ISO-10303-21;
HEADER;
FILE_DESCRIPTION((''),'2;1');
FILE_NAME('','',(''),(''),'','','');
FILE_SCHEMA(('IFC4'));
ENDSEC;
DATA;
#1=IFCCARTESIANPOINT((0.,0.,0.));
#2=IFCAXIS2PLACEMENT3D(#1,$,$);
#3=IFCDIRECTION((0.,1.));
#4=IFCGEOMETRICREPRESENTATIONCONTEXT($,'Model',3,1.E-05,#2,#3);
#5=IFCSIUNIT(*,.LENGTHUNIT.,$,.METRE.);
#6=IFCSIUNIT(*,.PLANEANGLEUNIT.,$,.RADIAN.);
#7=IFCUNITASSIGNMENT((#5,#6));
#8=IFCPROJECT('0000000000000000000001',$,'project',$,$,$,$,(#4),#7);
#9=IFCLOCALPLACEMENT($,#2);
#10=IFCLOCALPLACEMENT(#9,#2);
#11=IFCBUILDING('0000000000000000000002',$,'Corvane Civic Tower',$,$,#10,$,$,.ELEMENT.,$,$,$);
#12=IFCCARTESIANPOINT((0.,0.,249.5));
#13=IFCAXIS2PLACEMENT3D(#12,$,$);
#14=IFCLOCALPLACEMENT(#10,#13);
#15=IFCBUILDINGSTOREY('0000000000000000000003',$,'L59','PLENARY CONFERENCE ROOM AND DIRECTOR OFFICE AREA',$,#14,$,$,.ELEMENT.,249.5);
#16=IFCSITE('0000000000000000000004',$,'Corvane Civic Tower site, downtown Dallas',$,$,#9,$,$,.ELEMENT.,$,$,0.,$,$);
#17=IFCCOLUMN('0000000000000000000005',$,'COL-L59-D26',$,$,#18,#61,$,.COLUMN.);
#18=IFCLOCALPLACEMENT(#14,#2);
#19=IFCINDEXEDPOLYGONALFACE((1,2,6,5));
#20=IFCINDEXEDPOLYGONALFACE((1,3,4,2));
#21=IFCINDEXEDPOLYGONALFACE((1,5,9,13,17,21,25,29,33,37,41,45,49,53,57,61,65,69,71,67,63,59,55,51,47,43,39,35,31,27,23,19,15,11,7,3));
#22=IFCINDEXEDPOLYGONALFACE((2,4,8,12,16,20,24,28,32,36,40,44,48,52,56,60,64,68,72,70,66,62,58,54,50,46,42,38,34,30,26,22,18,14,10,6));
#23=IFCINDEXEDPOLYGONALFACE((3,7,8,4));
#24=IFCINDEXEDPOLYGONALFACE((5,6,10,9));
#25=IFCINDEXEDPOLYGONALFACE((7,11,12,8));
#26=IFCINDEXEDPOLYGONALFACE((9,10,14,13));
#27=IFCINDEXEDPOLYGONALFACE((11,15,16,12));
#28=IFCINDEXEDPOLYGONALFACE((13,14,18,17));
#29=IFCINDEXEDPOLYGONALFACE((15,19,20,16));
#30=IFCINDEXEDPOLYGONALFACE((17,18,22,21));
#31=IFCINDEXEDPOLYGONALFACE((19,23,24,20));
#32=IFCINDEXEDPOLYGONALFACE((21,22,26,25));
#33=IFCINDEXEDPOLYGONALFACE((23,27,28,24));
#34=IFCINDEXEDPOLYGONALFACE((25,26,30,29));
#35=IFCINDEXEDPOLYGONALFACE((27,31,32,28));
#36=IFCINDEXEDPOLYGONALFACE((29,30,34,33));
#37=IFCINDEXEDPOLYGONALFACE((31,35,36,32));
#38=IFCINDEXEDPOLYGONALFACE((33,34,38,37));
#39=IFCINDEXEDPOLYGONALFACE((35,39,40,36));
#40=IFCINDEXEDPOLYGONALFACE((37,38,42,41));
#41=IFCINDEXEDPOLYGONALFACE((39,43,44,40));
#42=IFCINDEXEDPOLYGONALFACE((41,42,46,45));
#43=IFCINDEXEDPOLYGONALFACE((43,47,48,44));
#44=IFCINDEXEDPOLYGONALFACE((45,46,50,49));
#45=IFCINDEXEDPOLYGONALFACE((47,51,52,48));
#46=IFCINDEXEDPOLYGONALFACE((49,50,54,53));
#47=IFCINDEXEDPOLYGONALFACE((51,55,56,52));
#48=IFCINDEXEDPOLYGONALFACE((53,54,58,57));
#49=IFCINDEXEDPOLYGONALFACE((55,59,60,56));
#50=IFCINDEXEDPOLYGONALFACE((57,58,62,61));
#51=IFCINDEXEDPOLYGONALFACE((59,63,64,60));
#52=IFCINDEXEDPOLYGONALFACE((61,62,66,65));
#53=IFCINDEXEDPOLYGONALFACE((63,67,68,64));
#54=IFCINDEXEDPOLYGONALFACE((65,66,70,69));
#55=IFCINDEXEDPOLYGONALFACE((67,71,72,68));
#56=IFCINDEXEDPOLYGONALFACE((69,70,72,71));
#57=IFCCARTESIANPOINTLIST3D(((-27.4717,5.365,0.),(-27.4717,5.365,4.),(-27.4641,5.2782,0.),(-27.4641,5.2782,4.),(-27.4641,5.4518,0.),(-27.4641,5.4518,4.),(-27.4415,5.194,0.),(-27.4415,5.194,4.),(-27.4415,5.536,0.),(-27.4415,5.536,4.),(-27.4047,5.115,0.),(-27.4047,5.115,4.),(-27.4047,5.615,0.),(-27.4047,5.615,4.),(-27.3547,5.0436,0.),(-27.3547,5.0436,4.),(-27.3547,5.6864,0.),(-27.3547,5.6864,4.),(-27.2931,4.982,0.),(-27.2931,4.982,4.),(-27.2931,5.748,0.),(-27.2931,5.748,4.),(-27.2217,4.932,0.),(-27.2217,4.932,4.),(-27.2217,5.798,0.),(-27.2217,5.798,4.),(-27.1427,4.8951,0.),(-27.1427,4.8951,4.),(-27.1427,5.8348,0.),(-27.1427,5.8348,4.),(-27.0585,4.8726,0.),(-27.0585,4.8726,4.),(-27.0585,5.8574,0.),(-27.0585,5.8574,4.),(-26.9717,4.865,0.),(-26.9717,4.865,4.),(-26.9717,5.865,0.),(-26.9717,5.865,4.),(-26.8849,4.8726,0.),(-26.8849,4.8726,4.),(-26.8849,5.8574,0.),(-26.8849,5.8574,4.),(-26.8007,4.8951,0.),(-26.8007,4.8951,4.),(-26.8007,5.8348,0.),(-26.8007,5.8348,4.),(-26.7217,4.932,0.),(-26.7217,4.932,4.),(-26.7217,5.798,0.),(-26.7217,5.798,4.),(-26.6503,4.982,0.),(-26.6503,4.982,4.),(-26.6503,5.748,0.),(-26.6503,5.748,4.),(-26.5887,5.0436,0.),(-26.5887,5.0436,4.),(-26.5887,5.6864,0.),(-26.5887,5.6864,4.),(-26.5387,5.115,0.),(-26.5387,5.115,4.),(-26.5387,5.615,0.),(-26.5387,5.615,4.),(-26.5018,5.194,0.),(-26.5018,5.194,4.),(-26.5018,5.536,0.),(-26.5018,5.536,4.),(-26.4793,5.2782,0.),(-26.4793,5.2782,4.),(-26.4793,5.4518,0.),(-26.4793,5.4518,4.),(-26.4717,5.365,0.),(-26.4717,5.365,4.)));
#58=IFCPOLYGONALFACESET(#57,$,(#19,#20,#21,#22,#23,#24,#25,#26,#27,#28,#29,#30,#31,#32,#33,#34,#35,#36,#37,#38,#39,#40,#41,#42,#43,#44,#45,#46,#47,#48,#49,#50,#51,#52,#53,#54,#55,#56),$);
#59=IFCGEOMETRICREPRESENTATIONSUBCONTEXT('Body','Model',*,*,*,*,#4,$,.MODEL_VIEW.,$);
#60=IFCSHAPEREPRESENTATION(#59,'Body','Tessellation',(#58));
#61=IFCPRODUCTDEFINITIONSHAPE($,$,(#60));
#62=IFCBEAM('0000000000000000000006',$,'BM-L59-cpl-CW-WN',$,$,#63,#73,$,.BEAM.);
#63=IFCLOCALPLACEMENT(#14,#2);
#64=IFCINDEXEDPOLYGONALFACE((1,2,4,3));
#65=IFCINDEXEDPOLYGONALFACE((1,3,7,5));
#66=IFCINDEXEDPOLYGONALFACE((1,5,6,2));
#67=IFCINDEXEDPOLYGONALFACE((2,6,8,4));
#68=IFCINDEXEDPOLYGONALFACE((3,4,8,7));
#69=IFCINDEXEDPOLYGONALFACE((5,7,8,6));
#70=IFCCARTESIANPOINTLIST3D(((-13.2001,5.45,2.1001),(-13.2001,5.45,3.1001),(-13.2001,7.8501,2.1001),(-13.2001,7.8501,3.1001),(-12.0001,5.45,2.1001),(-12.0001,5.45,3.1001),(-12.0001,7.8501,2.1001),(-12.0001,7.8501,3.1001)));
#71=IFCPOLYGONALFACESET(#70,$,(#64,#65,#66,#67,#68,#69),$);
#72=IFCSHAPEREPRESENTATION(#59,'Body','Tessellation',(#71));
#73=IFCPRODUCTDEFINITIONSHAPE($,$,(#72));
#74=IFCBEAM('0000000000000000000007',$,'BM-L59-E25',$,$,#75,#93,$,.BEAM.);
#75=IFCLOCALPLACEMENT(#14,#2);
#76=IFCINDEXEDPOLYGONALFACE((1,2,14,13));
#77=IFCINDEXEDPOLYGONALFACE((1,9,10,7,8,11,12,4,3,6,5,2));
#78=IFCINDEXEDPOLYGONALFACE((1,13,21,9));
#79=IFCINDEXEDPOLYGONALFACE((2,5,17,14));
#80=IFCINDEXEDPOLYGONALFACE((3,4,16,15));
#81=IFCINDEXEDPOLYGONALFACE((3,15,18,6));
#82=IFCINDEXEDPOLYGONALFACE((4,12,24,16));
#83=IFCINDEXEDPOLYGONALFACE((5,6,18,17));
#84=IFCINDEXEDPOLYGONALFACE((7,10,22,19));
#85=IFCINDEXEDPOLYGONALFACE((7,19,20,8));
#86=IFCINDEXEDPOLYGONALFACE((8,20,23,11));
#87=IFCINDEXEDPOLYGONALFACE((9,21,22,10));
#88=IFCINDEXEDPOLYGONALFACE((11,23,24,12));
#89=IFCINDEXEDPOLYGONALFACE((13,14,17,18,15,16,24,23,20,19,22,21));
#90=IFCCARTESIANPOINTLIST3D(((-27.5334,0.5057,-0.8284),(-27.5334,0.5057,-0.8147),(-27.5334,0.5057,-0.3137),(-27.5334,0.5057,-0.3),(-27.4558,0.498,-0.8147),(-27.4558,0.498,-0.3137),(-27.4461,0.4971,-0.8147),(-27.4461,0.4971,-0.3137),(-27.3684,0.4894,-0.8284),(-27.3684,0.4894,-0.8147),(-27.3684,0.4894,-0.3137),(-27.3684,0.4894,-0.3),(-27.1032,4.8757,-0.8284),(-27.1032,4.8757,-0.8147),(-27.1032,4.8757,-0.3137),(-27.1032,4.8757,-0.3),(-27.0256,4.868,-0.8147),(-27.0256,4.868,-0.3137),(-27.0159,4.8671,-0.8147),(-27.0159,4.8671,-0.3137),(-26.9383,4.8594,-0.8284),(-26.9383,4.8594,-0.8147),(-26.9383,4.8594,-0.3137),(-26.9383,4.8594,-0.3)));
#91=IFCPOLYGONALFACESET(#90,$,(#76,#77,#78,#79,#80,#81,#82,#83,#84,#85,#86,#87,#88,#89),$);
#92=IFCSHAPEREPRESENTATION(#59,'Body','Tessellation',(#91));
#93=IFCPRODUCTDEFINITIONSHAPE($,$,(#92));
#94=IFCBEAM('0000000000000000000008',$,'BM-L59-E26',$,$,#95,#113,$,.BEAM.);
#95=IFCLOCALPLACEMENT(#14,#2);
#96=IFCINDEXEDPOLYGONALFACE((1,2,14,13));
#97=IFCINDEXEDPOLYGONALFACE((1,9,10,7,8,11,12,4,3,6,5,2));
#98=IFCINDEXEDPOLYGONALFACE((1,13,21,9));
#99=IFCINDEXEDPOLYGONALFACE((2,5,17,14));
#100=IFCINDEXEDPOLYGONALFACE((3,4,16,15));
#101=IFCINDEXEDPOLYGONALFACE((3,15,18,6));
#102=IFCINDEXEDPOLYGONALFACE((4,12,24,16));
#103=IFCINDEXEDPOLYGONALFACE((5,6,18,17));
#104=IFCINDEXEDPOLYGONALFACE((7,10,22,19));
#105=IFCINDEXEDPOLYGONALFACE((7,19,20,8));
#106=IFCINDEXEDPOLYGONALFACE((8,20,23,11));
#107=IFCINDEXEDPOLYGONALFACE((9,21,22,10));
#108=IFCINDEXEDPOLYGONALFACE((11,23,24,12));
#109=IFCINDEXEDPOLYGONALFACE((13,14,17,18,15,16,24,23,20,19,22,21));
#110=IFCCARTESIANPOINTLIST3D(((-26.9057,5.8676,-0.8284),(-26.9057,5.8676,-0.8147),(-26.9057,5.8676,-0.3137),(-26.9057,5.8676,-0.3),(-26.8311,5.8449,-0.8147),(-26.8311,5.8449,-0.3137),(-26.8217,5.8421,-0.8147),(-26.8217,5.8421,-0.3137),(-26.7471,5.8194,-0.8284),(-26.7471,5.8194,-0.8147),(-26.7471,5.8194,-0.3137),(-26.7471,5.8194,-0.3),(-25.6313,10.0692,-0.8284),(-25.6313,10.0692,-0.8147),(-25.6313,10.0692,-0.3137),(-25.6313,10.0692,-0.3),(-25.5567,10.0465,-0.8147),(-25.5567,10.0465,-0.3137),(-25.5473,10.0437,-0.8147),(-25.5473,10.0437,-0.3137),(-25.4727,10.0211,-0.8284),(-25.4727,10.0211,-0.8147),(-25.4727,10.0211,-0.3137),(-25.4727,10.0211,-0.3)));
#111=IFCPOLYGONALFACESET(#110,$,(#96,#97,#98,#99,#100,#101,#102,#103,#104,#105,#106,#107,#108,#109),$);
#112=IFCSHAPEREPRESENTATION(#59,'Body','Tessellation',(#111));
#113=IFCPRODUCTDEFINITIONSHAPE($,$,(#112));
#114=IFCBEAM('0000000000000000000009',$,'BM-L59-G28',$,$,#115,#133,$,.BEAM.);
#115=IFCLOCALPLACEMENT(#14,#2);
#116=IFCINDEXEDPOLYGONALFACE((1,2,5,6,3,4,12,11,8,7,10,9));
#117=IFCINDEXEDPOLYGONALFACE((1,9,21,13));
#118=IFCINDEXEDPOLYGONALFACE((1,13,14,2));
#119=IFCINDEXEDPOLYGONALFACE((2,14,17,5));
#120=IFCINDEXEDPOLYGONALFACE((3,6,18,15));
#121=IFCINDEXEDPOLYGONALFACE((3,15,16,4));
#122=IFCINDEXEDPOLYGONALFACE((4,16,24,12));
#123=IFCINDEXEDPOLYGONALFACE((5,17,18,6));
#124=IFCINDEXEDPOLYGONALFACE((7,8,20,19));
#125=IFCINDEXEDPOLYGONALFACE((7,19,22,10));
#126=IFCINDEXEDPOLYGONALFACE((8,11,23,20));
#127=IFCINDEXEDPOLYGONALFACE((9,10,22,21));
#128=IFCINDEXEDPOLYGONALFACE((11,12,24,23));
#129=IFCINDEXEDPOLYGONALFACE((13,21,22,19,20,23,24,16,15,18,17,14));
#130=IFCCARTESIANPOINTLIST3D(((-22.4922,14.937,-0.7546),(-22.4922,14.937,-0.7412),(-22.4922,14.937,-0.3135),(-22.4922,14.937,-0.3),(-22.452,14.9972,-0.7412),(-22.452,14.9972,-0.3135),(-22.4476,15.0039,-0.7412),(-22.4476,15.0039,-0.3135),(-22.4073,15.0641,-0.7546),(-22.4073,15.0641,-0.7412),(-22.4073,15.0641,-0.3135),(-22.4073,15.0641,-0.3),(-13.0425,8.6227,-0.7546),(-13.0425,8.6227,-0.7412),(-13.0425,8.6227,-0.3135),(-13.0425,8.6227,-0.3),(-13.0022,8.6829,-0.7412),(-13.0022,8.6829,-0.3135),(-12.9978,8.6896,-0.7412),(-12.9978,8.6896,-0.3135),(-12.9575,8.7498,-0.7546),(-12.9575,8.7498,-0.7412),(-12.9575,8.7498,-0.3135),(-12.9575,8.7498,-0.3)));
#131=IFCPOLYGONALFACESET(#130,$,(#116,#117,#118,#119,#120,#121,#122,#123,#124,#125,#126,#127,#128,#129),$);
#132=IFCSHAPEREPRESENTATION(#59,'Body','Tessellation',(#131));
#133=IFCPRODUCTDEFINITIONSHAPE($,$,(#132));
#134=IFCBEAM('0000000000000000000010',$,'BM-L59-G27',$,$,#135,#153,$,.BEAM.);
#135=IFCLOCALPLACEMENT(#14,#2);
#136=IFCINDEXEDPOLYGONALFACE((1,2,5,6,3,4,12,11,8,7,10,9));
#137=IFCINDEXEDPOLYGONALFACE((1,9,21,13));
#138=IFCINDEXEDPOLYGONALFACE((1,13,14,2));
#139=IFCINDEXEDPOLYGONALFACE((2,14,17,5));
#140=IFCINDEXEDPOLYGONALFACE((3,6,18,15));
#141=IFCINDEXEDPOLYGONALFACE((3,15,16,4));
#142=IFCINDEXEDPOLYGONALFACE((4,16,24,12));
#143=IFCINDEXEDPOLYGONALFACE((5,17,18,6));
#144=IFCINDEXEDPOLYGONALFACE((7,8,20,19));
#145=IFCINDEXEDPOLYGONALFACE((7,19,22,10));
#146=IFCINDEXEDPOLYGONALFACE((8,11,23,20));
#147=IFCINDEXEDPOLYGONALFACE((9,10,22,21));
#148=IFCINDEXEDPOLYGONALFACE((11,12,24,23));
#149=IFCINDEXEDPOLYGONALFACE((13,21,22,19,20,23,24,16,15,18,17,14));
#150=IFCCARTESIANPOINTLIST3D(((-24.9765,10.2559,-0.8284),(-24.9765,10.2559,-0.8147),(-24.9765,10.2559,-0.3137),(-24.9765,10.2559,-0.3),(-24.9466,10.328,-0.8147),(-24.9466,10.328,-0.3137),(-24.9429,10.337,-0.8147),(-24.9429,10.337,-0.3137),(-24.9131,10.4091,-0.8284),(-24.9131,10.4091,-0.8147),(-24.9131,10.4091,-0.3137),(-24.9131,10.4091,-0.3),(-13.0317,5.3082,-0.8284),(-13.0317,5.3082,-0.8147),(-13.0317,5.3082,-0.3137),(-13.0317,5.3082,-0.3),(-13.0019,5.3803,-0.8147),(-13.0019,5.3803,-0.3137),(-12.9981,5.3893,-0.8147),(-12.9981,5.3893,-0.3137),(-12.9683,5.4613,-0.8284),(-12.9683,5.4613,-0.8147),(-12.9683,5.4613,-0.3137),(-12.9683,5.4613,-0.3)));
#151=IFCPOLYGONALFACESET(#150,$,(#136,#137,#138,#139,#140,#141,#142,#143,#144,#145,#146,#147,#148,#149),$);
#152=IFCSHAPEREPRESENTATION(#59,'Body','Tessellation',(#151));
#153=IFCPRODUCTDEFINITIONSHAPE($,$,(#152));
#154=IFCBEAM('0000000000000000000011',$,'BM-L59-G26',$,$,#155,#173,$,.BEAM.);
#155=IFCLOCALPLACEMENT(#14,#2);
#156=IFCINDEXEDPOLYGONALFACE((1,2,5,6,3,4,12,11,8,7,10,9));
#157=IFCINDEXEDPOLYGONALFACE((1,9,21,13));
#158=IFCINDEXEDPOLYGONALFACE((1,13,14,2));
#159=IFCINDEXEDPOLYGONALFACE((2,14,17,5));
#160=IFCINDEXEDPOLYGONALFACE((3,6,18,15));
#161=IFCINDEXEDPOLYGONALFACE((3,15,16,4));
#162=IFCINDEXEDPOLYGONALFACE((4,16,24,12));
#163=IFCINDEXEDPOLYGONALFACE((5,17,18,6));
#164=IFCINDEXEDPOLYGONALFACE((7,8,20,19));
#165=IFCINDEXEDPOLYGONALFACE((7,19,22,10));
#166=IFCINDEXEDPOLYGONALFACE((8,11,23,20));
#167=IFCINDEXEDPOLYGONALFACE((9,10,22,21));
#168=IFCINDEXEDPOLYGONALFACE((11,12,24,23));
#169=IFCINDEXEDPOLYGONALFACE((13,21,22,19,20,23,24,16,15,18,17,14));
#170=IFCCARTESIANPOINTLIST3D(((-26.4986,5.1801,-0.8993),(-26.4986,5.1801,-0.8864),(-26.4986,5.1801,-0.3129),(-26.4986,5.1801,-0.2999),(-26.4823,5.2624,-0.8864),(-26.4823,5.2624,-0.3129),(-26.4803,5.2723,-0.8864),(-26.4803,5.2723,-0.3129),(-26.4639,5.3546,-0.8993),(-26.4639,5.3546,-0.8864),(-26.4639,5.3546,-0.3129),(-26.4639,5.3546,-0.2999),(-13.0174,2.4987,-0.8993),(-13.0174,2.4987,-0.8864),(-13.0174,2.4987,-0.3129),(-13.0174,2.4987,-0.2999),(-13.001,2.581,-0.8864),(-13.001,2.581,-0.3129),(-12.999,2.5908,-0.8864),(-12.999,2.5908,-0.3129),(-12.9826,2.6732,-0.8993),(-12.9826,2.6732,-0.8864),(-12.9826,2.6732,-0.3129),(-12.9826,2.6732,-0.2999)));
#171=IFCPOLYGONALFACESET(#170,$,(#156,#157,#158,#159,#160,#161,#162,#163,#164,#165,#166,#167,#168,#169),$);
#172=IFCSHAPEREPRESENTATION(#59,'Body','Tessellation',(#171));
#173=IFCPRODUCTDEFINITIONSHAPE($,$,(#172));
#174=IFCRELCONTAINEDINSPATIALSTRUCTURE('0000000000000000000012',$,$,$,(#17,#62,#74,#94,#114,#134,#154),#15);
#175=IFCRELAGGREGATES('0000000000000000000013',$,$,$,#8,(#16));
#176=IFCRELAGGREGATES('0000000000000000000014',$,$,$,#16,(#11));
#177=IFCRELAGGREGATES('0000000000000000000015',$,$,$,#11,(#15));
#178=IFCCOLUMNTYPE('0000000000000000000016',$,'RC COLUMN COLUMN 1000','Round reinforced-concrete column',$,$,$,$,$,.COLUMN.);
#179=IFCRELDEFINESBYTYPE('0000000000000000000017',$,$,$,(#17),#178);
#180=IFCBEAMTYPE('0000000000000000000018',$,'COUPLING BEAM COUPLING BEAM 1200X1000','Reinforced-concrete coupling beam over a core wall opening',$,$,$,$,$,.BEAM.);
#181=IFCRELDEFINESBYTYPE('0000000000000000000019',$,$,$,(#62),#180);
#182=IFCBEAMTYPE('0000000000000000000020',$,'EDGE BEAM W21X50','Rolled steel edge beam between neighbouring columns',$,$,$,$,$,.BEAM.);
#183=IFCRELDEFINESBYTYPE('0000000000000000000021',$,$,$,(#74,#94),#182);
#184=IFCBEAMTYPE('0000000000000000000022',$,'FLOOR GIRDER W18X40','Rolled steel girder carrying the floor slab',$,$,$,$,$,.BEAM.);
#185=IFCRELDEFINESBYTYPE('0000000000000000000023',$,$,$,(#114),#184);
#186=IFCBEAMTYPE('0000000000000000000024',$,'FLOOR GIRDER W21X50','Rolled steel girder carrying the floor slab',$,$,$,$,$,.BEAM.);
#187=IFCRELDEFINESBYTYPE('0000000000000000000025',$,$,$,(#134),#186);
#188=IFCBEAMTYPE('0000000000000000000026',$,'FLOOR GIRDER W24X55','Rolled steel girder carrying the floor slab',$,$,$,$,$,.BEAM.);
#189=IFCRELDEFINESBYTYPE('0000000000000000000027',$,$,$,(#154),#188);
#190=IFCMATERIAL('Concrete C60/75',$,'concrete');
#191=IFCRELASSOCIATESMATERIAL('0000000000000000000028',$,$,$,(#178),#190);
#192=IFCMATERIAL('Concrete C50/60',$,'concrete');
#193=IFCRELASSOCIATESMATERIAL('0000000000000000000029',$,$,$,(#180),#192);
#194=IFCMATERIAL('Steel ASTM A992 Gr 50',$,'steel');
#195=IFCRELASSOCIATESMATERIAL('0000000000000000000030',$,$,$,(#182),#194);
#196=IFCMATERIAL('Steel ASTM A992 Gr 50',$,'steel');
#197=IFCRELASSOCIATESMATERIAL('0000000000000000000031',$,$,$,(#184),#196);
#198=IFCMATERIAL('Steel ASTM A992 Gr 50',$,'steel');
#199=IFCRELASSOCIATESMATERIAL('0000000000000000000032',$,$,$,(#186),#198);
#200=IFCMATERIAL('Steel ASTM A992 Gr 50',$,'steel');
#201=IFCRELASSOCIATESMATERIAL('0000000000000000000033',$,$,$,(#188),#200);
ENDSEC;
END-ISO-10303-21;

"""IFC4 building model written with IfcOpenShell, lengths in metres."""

from ifc_helpers import new_model, si_unit, direction, frame, origin, origin_2d, place, context, subcontext, project, spatial, rectangle, circle, i_section, extrude, material, material_profile, profile_set, type_object, element, save


model = new_model("IFC4")

# Units and contexts
model_context = context("Model", 3, precision=1e-05, world=origin(), true_north=direction((0.0, 1.0)))
body_context = subcontext(model_context, "Body", "Model", "MODEL_VIEW")
ifc_project = project(units=[si_unit("LENGTHUNIT", "METRE"), si_unit("PLANEANGLEUNIT", "RADIAN")], contexts=[model_context])

# Site, building, storey
site_placement = place(None, origin())
site = spatial("IfcSite", under=ifc_project, at=site_placement, Name="Corvane Civic Tower site, downtown Dallas", CompositionType="ELEMENT", RefElevation=0.0)
building_placement = place(site_placement, origin())
building = spatial("IfcBuilding", under=site, at=building_placement, Name="Corvane Civic Tower", CompositionType="ELEMENT")
storey_placement = place(building_placement, frame((0.0, 0.0, 249.5)))
storey = spatial("IfcBuildingStorey", under=building, at=storey_placement, Name="L59", Description="PLENARY CONFERENCE ROOM AND DIRECTOR OFFICE AREA", CompositionType="ELEMENT", Elevation=249.5)

# Column
ifc_material_1 = material(Name="Concrete C60/75", Category="concrete")
ifc_material_profile_1 = material_profile(ifc_material_1, circle(Radius=0.5, at=origin_2d()), Name="COLUMN 1000")
ifc_profile_set_1 = profile_set([ifc_material_profile_1], Name="Concrete C60/75")
column_type = type_object("IfcColumnType", Name="RC COLUMN COLUMN 1000", Description="Round reinforced-concrete column", PredefinedType="COLUMN", material=ifc_profile_set_1)
column_placement = place(storey_placement, frame((-26.9717, 5.365, 0.0), z_axis=(0.0, 0.0, 1.0), x_axis=(1.0, 0.0, 0.0)))
element("IfcColumn", 1, at=column_placement, inside=storey, type_object=column_type, Name="COL-L59-D26", PredefinedType="COLUMN", context=body_context, shape_type="SweptSolid", body=[
    extrude(circle(Radius=0.5, at=origin_2d()), origin(), (0.0, 0.0, 1.0), 4.0),
])

# Beams
ifc_material_2 = material(Name="Concrete C50/60", Category="concrete")
ifc_material_profile_2 = material_profile(ifc_material_2, rectangle(XDim=1.2, YDim=1.0, at=origin_2d()), Name="COUPLING BEAM 1200X1000")
ifc_profile_set_2 = profile_set([ifc_material_profile_2], Name="Concrete C50/60")
beam_type_1 = type_object("IfcBeamType", Name="COUPLING BEAM COUPLING BEAM 1200X1000", Description="Reinforced-concrete coupling beam over a core wall opening", PredefinedType="BEAM", material=ifc_profile_set_2)
beam_1_placement = place(storey_placement, frame((-12.6001, 5.45, 2.6001), z_axis=(0.0, 1.0, 0.0), x_axis=(-1.0, 0.0, 0.0)))
element("IfcBeam", 2, at=beam_1_placement, inside=storey, type_object=beam_type_1, Name="BM-L59-cpl-CW-WN", PredefinedType="BEAM", context=body_context, shape_type="SweptSolid", body=[
    extrude(rectangle(XDim=1.2, YDim=1.0, at=origin_2d()), origin(), (0.0, 0.0, 1.0), 2.4001),
])
ifc_material_3 = material(Name="Steel ASTM A992 Gr 50", Category="steel")
ifc_material_profile_3 = material_profile(ifc_material_3, i_section(OverallWidth=0.1658, OverallDepth=0.5283, WebThickness=0.0098, FlangeThickness=0.0137, at=origin_2d()), Name="W21X50")
ifc_profile_set_3 = profile_set([ifc_material_profile_3], Name="Steel ASTM A992 Gr 50")
beam_type_2 = type_object("IfcBeamType", Name="EDGE BEAM W21X50", Description="Rolled steel edge beam between neighbouring columns", PredefinedType="BEAM", material=ifc_profile_set_3)
beam_2_placement = place(storey_placement, frame((-27.4509, 0.4976, -0.5642), z_axis=(0.097968, 0.99519, 0.0), x_axis=(-0.99519, 0.097968, 0.0)))
element("IfcBeam", 3, at=beam_2_placement, inside=storey, type_object=beam_type_2, Name="BM-L59-E25", PredefinedType="BEAM", context=body_context, shape_type="SweptSolid", body=[
    extrude(i_section(OverallWidth=0.1658, OverallDepth=0.5283, WebThickness=0.0098, FlangeThickness=0.0137, at=origin_2d()), origin(), (0.0, 0.0, 1.0), 4.3911),
])
beam_3_placement = place(storey_placement, frame((-26.8264, 5.8435, -0.5642), z_axis=(0.290254, 0.95695, 0.0), x_axis=(-0.95695, 0.290254, 0.0)))
element("IfcBeam", 4, at=beam_3_placement, inside=storey, type_object=beam_type_2, Name="BM-L59-E26", PredefinedType="BEAM", context=body_context, shape_type="SweptSolid", body=[
    extrude(i_section(OverallWidth=0.1658, OverallDepth=0.5283, WebThickness=0.0098, FlangeThickness=0.0137, at=origin_2d()), origin(), (0.0, 0.0, 1.0), 4.3906),
])
ifc_material_4 = material(Name="Steel ASTM A992 Gr 50", Category="steel")
ifc_material_profile_4 = material_profile(ifc_material_4, i_section(OverallWidth=0.1528, OverallDepth=0.4546, WebThickness=0.0081, FlangeThickness=0.0134, at=origin_2d()), Name="W18X40")
ifc_profile_set_4 = profile_set([ifc_material_profile_4], Name="Steel ASTM A992 Gr 50")
beam_type_3 = type_object("IfcBeamType", Name="FLOOR GIRDER W18X40", Description="Rolled steel girder carrying the floor slab", PredefinedType="BEAM", material=ifc_profile_set_4)
beam_4_placement = place(storey_placement, frame((-13.0, 8.6863, -0.5273), z_axis=(-0.831465, 0.555577, 0.0), x_axis=(-0.555577, -0.831465, 0.0)))
element("IfcBeam", 5, at=beam_4_placement, inside=storey, type_object=beam_type_3, Name="BM-L59-G28", PredefinedType="BEAM", context=body_context, shape_type="SweptSolid", body=[
    extrude(i_section(OverallWidth=0.1528, OverallDepth=0.4546, WebThickness=0.0081, FlangeThickness=0.0134, at=origin_2d()), origin(), (0.0, 0.0, 1.0), 11.3652),
])
ifc_material_5 = material(Name="Steel ASTM A992 Gr 50", Category="steel")
ifc_material_profile_5 = material_profile(ifc_material_5, i_section(OverallWidth=0.1658, OverallDepth=0.5283, WebThickness=0.0098, FlangeThickness=0.0137, at=origin_2d()), Name="W21X50")
ifc_profile_set_5 = profile_set([ifc_material_profile_5], Name="Steel ASTM A992 Gr 50")
beam_type_4 = type_object("IfcBeamType", Name="FLOOR GIRDER W21X50", Description="Rolled steel girder carrying the floor slab", PredefinedType="BEAM", material=ifc_profile_set_5)
beam_5_placement = place(storey_placement, frame((-13.0, 5.3848, -0.5642), z_axis=(-0.923878, 0.382686, 0.0), x_axis=(-0.382686, -0.923878, 0.0)))
element("IfcBeam", 6, at=beam_5_placement, inside=storey, type_object=beam_type_4, Name="BM-L59-G27", PredefinedType="BEAM", context=body_context, shape_type="SweptSolid", body=[
    extrude(i_section(OverallWidth=0.1658, OverallDepth=0.5283, WebThickness=0.0098, FlangeThickness=0.0137, at=origin_2d()), origin(), (0.0, 0.0, 1.0), 12.929),
])
ifc_material_6 = material(Name="Steel ASTM A992 Gr 50", Category="steel")
ifc_material_profile_6 = material_profile(ifc_material_6, i_section(OverallWidth=0.178, OverallDepth=0.5994, WebThickness=0.01, FlangeThickness=0.0129, at=origin_2d()), Name="W24X55")
ifc_profile_set_6 = profile_set([ifc_material_profile_6], Name="Steel ASTM A992 Gr 50")
beam_type_5 = type_object("IfcBeamType", Name="FLOOR GIRDER W24X55", Description="Rolled steel girder carrying the floor slab", PredefinedType="BEAM", material=ifc_profile_set_6)
beam_6_placement = place(storey_placement, frame((-13.0, 2.5859, -0.5996), z_axis=(-0.980788, 0.195078, 0.0), x_axis=(-0.195078, -0.980788, 0.0)))
element("IfcBeam", 7, at=beam_6_placement, inside=storey, type_object=beam_type_5, Name="BM-L59-G26", PredefinedType="BEAM", context=body_context, shape_type="SweptSolid", body=[
    extrude(i_section(OverallWidth=0.178, OverallDepth=0.5994, WebThickness=0.01, FlangeThickness=0.0129, at=origin_2d()), origin(), (0.0, 0.0, 1.0), 13.7454),
])

save(model, "model.ifc")
